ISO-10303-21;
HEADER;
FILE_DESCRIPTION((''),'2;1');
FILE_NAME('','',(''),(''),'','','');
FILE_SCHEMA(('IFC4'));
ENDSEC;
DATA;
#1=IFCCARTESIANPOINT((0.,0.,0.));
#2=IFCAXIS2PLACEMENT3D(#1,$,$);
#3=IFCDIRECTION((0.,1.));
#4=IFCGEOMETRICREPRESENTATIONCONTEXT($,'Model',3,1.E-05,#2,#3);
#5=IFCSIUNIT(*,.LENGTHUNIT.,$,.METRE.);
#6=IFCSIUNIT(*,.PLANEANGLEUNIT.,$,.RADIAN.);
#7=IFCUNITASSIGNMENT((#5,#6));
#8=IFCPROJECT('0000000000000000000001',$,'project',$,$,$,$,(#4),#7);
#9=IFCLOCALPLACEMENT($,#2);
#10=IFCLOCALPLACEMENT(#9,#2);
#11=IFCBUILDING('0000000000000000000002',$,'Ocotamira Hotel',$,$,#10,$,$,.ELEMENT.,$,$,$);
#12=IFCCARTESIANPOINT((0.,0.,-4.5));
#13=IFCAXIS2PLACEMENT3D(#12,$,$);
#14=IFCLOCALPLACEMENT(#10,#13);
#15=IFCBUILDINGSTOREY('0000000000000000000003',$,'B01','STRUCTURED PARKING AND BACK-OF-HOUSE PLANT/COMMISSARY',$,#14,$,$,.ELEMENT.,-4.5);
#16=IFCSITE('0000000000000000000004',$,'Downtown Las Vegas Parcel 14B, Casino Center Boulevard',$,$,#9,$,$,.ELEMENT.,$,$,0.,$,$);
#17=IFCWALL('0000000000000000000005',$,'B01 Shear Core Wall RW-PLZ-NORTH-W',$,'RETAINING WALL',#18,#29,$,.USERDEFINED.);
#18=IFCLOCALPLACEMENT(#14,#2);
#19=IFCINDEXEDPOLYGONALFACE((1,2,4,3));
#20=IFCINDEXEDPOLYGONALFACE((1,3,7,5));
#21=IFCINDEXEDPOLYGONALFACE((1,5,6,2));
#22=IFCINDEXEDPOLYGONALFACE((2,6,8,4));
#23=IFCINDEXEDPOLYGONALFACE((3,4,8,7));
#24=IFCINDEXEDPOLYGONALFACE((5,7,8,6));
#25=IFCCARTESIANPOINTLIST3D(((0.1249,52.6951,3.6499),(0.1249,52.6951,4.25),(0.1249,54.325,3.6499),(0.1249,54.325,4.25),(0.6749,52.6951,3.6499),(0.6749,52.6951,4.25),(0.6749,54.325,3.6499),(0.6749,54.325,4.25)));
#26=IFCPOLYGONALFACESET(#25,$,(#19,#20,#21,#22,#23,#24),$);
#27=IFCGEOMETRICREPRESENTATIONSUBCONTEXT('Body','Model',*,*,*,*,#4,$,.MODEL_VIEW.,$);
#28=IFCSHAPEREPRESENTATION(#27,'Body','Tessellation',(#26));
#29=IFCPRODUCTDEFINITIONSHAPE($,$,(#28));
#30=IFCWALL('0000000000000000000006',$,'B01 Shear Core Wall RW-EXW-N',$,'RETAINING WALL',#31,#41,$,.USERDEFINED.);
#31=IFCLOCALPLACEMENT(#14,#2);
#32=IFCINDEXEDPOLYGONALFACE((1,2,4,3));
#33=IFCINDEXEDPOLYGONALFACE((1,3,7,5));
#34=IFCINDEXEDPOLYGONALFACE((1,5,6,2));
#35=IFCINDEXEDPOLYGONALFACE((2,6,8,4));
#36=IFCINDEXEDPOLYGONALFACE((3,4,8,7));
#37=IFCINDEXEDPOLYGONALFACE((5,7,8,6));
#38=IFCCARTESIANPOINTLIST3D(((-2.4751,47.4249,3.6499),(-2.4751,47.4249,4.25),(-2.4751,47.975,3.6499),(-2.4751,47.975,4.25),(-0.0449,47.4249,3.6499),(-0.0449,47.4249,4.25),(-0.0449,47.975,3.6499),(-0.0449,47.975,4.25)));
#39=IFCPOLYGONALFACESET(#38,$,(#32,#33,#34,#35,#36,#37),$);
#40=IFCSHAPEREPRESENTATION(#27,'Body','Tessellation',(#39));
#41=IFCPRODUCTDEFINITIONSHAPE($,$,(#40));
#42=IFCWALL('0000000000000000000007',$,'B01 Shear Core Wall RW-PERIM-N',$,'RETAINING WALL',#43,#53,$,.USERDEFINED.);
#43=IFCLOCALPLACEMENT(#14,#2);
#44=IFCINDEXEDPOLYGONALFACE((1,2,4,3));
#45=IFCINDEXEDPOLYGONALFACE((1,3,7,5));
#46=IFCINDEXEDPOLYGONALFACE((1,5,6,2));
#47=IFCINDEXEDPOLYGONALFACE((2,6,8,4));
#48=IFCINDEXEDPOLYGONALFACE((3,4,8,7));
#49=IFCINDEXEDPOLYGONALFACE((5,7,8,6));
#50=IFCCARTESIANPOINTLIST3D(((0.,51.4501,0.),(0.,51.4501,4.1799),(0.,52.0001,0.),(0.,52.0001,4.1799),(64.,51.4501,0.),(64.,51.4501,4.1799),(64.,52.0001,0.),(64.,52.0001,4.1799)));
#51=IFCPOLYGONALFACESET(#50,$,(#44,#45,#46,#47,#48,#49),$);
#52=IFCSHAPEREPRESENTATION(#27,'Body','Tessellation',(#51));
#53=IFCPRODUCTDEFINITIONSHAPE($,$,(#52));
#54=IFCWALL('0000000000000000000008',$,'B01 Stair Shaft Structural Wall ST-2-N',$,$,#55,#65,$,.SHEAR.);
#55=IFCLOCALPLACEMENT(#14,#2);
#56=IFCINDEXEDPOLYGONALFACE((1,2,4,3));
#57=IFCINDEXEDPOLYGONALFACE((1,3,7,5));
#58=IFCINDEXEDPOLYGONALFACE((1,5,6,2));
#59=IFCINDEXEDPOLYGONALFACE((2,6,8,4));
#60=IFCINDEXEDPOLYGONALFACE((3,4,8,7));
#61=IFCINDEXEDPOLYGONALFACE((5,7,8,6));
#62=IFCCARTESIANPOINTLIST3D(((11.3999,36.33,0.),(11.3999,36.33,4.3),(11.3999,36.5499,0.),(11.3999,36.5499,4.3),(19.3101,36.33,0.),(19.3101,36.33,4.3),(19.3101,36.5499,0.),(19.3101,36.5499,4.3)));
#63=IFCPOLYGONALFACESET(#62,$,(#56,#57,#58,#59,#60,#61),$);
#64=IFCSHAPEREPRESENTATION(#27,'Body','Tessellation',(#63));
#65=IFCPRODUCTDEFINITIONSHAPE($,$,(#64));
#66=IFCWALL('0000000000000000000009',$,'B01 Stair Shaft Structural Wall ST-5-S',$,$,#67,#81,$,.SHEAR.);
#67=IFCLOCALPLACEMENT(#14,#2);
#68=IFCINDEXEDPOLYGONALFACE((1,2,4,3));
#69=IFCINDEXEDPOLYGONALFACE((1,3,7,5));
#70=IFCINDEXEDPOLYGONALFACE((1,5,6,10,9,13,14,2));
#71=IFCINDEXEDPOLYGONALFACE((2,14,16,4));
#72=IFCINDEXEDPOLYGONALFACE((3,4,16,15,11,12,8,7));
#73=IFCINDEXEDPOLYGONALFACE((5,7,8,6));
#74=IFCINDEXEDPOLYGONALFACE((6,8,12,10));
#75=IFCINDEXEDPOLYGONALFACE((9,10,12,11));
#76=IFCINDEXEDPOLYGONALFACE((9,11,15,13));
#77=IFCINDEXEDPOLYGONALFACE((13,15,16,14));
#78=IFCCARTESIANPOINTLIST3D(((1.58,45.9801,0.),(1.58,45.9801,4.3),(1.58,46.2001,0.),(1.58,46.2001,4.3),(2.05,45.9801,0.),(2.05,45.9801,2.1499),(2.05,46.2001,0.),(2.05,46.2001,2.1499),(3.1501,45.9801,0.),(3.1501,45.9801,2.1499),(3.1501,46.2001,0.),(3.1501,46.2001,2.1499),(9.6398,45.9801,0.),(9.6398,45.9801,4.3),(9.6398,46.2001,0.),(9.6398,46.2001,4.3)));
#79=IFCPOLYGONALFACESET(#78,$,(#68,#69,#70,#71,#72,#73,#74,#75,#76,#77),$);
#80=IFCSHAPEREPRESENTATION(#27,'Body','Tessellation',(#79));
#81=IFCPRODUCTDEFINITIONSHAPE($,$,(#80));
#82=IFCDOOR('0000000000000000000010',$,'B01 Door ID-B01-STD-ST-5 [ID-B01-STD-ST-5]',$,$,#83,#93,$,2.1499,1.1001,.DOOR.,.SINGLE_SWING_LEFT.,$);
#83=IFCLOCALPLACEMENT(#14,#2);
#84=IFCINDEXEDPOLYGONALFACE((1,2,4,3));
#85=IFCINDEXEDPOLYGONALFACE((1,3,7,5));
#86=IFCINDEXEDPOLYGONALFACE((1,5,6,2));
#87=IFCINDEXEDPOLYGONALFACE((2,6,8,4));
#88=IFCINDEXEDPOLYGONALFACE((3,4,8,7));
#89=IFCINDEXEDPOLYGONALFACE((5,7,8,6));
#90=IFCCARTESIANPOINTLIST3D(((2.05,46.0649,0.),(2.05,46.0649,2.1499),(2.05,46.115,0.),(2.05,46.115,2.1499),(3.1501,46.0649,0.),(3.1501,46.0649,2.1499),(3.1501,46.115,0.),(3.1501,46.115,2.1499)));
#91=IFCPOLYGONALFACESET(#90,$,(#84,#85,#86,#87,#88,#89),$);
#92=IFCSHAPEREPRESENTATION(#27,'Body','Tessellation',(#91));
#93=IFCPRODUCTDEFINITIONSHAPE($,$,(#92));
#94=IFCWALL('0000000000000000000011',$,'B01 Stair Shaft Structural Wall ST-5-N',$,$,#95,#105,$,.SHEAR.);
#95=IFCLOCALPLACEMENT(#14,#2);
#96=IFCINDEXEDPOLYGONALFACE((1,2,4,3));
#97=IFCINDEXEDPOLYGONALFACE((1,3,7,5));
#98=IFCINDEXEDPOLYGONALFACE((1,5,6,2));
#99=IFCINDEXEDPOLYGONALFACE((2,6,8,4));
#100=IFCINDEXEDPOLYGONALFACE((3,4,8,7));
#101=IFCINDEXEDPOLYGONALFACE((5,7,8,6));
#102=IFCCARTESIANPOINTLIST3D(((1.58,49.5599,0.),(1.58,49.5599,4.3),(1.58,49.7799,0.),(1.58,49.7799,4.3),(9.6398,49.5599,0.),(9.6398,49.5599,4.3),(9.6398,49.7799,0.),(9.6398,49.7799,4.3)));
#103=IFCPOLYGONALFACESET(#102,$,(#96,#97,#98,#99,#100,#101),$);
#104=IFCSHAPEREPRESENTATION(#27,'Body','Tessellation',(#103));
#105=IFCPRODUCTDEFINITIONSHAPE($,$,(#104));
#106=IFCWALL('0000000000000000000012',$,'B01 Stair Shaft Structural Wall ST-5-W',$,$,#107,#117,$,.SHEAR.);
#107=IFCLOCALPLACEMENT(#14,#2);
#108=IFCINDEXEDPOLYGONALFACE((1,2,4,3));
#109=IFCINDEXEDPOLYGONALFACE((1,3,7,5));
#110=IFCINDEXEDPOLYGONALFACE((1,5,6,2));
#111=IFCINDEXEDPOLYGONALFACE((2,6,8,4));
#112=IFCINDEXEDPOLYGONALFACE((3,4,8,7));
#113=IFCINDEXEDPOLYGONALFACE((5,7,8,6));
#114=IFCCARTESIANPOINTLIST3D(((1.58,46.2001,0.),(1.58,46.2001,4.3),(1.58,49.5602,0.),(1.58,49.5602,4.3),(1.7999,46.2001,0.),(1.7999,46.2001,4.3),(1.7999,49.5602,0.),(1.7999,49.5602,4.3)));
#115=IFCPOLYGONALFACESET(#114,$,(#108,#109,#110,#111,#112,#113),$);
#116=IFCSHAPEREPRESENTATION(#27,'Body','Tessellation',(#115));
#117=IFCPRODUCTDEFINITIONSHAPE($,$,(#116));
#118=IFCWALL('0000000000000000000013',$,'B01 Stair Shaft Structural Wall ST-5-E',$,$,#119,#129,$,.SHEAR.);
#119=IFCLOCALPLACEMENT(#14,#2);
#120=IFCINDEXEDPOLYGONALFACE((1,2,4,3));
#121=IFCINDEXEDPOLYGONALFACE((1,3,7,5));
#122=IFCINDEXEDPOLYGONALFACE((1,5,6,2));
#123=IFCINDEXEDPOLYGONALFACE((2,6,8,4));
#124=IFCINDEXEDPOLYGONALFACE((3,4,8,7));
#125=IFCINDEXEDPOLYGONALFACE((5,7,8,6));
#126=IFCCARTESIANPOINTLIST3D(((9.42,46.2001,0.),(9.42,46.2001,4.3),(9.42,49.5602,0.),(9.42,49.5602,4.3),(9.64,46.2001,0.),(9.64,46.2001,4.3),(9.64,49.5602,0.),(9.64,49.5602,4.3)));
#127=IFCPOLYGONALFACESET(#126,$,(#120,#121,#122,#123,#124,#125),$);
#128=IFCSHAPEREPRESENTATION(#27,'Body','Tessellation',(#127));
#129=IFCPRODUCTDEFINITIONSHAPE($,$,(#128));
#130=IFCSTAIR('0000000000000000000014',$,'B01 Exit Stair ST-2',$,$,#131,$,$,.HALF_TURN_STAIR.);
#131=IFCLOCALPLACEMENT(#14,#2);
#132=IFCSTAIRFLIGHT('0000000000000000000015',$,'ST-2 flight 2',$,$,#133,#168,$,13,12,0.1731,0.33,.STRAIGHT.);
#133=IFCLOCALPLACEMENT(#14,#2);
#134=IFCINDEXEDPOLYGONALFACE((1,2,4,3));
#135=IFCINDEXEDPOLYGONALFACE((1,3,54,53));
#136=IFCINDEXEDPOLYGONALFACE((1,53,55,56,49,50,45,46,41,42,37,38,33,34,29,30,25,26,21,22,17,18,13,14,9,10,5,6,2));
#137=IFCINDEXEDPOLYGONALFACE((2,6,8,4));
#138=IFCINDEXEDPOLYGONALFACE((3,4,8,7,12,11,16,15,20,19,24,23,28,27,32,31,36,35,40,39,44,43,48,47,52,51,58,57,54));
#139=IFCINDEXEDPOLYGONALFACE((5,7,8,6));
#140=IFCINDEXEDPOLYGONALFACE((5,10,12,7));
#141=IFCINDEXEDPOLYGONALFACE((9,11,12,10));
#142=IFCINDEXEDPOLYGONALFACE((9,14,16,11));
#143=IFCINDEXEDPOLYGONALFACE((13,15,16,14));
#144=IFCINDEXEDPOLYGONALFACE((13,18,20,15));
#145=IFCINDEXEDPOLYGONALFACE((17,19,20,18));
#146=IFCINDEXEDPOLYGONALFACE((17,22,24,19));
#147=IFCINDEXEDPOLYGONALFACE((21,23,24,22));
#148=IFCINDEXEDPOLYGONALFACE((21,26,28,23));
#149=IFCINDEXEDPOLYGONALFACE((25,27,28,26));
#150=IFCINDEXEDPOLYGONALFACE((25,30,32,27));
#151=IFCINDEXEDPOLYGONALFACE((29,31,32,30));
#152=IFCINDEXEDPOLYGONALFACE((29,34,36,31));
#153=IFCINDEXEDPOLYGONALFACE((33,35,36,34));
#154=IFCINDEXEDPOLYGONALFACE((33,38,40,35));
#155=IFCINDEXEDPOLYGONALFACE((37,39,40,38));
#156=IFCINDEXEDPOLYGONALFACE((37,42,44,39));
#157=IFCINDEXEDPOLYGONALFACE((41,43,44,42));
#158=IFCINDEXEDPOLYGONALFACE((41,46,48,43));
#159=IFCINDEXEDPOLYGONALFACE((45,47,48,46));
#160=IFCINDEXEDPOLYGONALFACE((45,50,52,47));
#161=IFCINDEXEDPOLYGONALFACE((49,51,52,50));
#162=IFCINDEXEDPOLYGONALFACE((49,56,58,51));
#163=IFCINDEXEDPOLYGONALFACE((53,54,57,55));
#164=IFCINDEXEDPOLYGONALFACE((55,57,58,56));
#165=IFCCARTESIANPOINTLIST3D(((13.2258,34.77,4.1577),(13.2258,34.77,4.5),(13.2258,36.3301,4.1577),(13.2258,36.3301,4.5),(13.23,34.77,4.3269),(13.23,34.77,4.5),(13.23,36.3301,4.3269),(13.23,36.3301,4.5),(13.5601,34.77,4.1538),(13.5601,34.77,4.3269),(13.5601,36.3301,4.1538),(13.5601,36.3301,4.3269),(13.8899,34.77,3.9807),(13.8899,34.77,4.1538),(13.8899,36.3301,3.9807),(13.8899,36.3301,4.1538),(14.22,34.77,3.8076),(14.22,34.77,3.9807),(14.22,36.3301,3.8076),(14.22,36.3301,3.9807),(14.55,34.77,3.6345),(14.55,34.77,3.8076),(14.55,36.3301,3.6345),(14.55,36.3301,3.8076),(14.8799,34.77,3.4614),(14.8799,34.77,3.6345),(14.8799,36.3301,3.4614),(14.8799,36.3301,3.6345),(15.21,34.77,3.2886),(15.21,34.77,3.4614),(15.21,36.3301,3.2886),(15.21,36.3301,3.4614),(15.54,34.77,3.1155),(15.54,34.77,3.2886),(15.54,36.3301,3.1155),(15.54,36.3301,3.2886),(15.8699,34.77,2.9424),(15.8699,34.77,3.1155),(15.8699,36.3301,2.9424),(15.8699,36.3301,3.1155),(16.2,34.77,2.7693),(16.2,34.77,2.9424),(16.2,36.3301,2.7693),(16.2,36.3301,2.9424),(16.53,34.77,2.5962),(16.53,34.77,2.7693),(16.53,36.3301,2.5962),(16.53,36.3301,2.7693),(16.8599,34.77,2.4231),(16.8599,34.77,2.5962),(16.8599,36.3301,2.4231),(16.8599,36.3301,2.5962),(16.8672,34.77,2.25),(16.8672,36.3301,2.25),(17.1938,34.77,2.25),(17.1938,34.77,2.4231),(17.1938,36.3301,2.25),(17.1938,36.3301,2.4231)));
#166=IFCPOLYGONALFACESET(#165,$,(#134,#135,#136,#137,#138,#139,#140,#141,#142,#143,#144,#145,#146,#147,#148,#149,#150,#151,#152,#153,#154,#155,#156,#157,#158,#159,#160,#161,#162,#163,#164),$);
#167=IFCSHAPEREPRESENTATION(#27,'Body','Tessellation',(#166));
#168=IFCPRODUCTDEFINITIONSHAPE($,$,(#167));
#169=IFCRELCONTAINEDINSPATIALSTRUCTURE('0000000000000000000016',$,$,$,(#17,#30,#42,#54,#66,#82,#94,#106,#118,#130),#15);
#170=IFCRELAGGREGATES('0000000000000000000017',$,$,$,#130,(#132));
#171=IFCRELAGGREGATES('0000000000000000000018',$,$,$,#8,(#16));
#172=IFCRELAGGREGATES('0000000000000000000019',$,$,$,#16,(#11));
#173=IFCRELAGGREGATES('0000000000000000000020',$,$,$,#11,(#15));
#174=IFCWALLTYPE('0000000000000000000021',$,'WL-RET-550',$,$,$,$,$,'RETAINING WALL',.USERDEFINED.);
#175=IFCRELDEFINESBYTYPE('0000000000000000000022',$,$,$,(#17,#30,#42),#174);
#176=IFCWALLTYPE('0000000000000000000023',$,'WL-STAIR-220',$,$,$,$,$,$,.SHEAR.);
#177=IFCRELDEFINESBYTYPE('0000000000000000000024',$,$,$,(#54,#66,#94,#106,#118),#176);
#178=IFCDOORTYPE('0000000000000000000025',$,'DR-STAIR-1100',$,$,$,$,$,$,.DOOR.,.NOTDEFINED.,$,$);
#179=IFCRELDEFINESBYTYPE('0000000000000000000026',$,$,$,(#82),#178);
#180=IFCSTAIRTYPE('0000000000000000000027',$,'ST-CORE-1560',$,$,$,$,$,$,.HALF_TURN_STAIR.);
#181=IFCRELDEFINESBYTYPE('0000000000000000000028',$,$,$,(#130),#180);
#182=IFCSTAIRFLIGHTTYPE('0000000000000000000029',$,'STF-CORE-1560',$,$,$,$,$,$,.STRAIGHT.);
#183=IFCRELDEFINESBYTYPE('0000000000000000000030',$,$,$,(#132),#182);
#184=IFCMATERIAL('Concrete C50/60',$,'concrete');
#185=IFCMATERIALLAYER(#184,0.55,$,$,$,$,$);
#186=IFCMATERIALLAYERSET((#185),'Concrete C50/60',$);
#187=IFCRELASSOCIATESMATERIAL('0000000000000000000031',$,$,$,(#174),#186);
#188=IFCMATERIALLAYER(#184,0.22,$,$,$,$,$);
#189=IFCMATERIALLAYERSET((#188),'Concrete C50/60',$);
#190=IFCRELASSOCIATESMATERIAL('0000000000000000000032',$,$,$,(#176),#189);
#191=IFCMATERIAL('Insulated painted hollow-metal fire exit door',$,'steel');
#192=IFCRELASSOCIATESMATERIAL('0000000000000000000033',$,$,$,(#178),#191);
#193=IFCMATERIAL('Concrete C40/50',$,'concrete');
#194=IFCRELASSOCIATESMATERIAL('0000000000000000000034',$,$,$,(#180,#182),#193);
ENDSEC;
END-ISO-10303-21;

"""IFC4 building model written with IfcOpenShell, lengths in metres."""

from ifc_helpers import new_model, si_unit, direction, frame, frame_2d, origin, place, context, subcontext, project, spatial, polyline, rectangle, outline, extrude, source, transform, mapped, material, layer, layer_set, type_object, element, fill, aggregate, save


model = new_model("IFC4")

# Units and contexts
model_context = context("Model", 3, precision=1e-05, world=origin(), true_north=direction((0.0, 1.0)))
body_context = subcontext(model_context, "Body", "Model", "MODEL_VIEW")
ifc_project = project(units=[si_unit("LENGTHUNIT", "METRE"), si_unit("PLANEANGLEUNIT", "RADIAN")], contexts=[model_context])

# Site, building, storey
site_placement = place(None, origin())
site = spatial("IfcSite", under=ifc_project, at=site_placement, Name="Downtown Las Vegas Parcel 14B, Casino Center Boulevard", CompositionType="ELEMENT", RefElevation=0.0)
building_placement = place(site_placement, origin())
building = spatial("IfcBuilding", under=site, at=building_placement, Name="Ocotamira Hotel", CompositionType="ELEMENT")
storey_placement = place(building_placement, frame((0.0, 0.0, -4.5)))
storey = spatial("IfcBuildingStorey", under=building, at=storey_placement, Name="B01", Description="STRUCTURED PARKING AND BACK-OF-HOUSE PLANT/COMMISSARY", CompositionType="ELEMENT", Elevation=-4.5)

# Shared definitions
ifc_material_1 = material(Name="Concrete C50/60", Category="concrete")

# Walls
ifc_layer_1 = layer(ifc_material_1, 0.55)
ifc_layer_set_1 = layer_set([ifc_layer_1], Name="Concrete C50/60")
wall_type_1 = type_object("IfcWallType", Name="WL-RET-550", ElementType="RETAINING WALL", PredefinedType="USERDEFINED", material=ifc_layer_set_1)
wall_1_placement = place(storey_placement, frame((0.3999, 52.6951, 3.6499), z_axis=(0.0, 0.0, 1.0), x_axis=(0.0, 1.0, 0.0)))
element("IfcWall", 1, at=wall_1_placement, inside=storey, type_object=wall_type_1, Name="B01 Shear Core Wall RW-PLZ-NORTH-W", ObjectType="RETAINING WALL", PredefinedType="USERDEFINED", context=body_context, shape_type="SweptSolid", body=[
    extrude(rectangle(XDim=1.6299, YDim=0.55, at=frame_2d((0.8149, 0.0))), origin(), (0.0, 0.0, 1.0), 0.6001),
])
wall_2_placement = place(storey_placement, frame((-2.4751, 47.7, 3.6499), z_axis=(0.0, 0.0, 1.0), x_axis=(1.0, 0.0, 0.0)))
element("IfcWall", 2, at=wall_2_placement, inside=storey, type_object=wall_type_1, Name="B01 Shear Core Wall RW-EXW-N", ObjectType="RETAINING WALL", PredefinedType="USERDEFINED", context=body_context, shape_type="SweptSolid", body=[
    extrude(rectangle(XDim=2.4302, YDim=0.55, at=frame_2d((1.2151, 0.0))), origin(), (0.0, 0.0, 1.0), 0.6001),
])
wall_3_placement = place(storey_placement, frame((0.0, 51.7251, 0.0), z_axis=(0.0, 0.0, 1.0), x_axis=(1.0, 0.0, 0.0)))
element("IfcWall", 3, at=wall_3_placement, inside=storey, type_object=wall_type_1, Name="B01 Shear Core Wall RW-PERIM-N", ObjectType="RETAINING WALL", PredefinedType="USERDEFINED", context=body_context, shape_type="SweptSolid", body=[
    extrude(rectangle(XDim=64.0, YDim=0.55, at=frame_2d((32.0, 0.0))), origin(), (0.0, 0.0, 1.0), 4.1799),
])
ifc_layer_2 = layer(ifc_material_1, 0.22)
ifc_layer_set_2 = layer_set([ifc_layer_2], Name="Concrete C50/60")
wall_type_2 = type_object("IfcWallType", Name="WL-STAIR-220", PredefinedType="SHEAR", material=ifc_layer_set_2)
wall_4_placement = place(storey_placement, frame((11.3999, 36.4399, 0.0), z_axis=(0.0, 0.0, 1.0), x_axis=(1.0, 0.0, 0.0)))
element("IfcWall", 4, at=wall_4_placement, inside=storey, type_object=wall_type_2, Name="B01 Stair Shaft Structural Wall ST-2-N", PredefinedType="SHEAR", context=body_context, shape_type="SweptSolid", body=[
    extrude(rectangle(XDim=7.9102, YDim=0.22, at=frame_2d((3.9551, 0.0))), origin(), (0.0, 0.0, 1.0), 4.3),
])

# Wall, opening, door
wall_5_placement = place(storey_placement, frame((1.5801, 46.0901, 0.0), z_axis=(0.0, 0.0, 1.0), x_axis=(1.0, 0.0, 0.0)))
wall_5 = element("IfcWall", 5, at=wall_5_placement, inside=storey, type_object=wall_type_2, Name="B01 Stair Shaft Structural Wall ST-5-S", PredefinedType="SHEAR", context=body_context, shape_type="SweptSolid", body=[
    extrude(rectangle(XDim=8.0598, YDim=0.22, at=frame_2d((4.0298, 0.0))), origin(), (0.0, 0.0, 1.0), 4.3),
])
opening_1_placement = place(wall_5_placement, frame((0.47, 0.0, 0.0)))
opening_1 = element("IfcOpeningElement", 6, at=opening_1_placement, cuts=wall_5, PredefinedType="OPENING", context=body_context, shape_type="SweptSolid", body=[
    extrude(rectangle(XDim=1.1001, YDim=2.1499, at=frame_2d((0.55, 1.075))), frame((0.0, 0.1201, 0.0), z_axis=(0.0, -1.0, 0.0), x_axis=(1.0, 0.0, 0.0)), (0.0, 0.0, 1.0), 0.24),
])
ifc_material_2 = material(Name="Insulated painted hollow-metal fire exit door", Category="steel")
door_type_1 = type_object("IfcDoorType", Name="DR-STAIR-1100", OperationType="NOTDEFINED", PredefinedType="DOOR", material=ifc_material_2)
shared_shape_1 = source(origin(), body_context, "Body", "SweptSolid", [
    extrude(rectangle(XDim=1.1001, YDim=2.1499, at=frame_2d((0.55, 1.075))), frame((0.0, 0.0249, 0.0), z_axis=(0.0, -1.0, 0.0), x_axis=(1.0, 0.0, 0.0)), (0.0, 0.0, 1.0), 0.05),
])
door_1_placement = place(opening_1_placement, origin())
door_1 = element("IfcDoor", 7, at=door_1_placement, inside=storey, type_object=door_type_1, Name="B01 Door ID-B01-STD-ST-5 [ID-B01-STD-ST-5]", OperationType="SINGLE_SWING_LEFT", OverallHeight=2.1499, OverallWidth=1.1001, PredefinedType="DOOR", context=body_context, shape_type="MappedRepresentation", body=[
    mapped(shared_shape_1, transform((0.0, 0.0, 0.0), scale=1.0)),
])
fill(opening_1, door_1)

# Walls
wall_6_placement = place(storey_placement, frame((1.5801, 49.6699, 0.0), z_axis=(0.0, 0.0, 1.0), x_axis=(1.0, 0.0, 0.0)))
element("IfcWall", 8, at=wall_6_placement, inside=storey, type_object=wall_type_2, Name="B01 Stair Shaft Structural Wall ST-5-N", PredefinedType="SHEAR", context=body_context, shape_type="SweptSolid", body=[
    extrude(rectangle(XDim=8.0598, YDim=0.22, at=frame_2d((4.0298, 0.0))), origin(), (0.0, 0.0, 1.0), 4.3),
])
for number, where, z_axis, x_axis, name in (
    (9, (1.6899, 46.2, 0.0), (0.0, 0.0, 1.0), (0.0, 1.0, 0.0), "B01 Stair Shaft Structural Wall ST-5-W"),
    (10, (9.53, 46.2, 0.0), (0.0, 0.0, 1.0), (0.0, 1.0, 0.0), "B01 Stair Shaft Structural Wall ST-5-E"),
):
    element("IfcWall", number, at=place(storey_placement, frame(where, z_axis=z_axis, x_axis=x_axis)), inside=storey, type_object=wall_type_2, Name=name, PredefinedType="SHEAR", context=body_context, shape_type="SweptSolid", body=[
        extrude(rectangle(XDim=3.3601, YDim=0.22, at=frame_2d((1.6802, 0.0))), origin(), (0.0, 0.0, 1.0), 4.3),
    ])

# Stair, stair flight
ifc_material_3 = material(Name="Concrete C40/50", Category="concrete")
stair_type_1 = type_object("IfcStairType", Name="ST-CORE-1560", PredefinedType="HALF_TURN_STAIR", material=ifc_material_3)
stair_1_placement = place(storey_placement, origin())
stair_1 = element("IfcStair", 11, at=stair_1_placement, inside=storey, type_object=stair_type_1, Name="B01 Exit Stair ST-2", PredefinedType="HALF_TURN_STAIR")
stair_flight_type_1 = type_object("IfcStairFlightType", Name="STF-CORE-1560", PredefinedType="STRAIGHT", material=ifc_material_3)
shared_shape_2 = source(origin(), body_context, "Body", "SweptSolid", [
    extrude(outline(polyline([(-0.0039, 0.0), (-0.0039, 0.1731), (0.3301, 0.1731), (0.3301, 0.3462), (0.6599, 0.3462), (0.6599, 0.5193), (0.99, 0.5193), (0.99, 0.6924), (1.3201, 0.6924), (1.3201, 0.8655), (1.6499, 0.8655), (1.6499, 1.0386), (1.98, 1.0386), (1.98, 1.2114), (2.3101, 1.2114), (2.3101, 1.3845), (2.6399, 1.3845), (2.6399, 1.5576), (2.97, 1.5576), (2.97, 1.7307), (3.3, 1.7307), (3.3, 1.9038), (3.6299, 1.9038), (3.6299, 2.0769), (3.96, 2.0769), (3.96, 2.25), (3.9641, 2.25), (3.9641, 1.9077), (0.3228, 0.0), (-0.0039, 0.0)])), frame((0.0, 0.78, 0.0), z_axis=(0.0, -1.0, 0.0), x_axis=(1.0, 0.0, 0.0)), (0.0, 0.0, 1.0), 1.5601),
])
stair_flight_1_placement = place(storey_placement, frame((17.1899, 35.55, 2.25), z_axis=(0.0, 0.0, 1.0), x_axis=(-1.0, 0.0, 0.0)))
stair_flight_1 = element("IfcStairFlight", 12, at=stair_flight_1_placement, type_object=stair_flight_type_1, Name="ST-2 flight 2", NumberOfRisers=13, NumberOfTreads=12, PredefinedType="STRAIGHT", RiserHeight=0.1731, TreadLength=0.33, context=body_context, shape_type="MappedRepresentation", body=[
    mapped(shared_shape_2, transform((0.0, 0.0, 0.0), scale=1.0)),
])
aggregate(stair_1, [stair_flight_1])

save(model, "model.ifc")
